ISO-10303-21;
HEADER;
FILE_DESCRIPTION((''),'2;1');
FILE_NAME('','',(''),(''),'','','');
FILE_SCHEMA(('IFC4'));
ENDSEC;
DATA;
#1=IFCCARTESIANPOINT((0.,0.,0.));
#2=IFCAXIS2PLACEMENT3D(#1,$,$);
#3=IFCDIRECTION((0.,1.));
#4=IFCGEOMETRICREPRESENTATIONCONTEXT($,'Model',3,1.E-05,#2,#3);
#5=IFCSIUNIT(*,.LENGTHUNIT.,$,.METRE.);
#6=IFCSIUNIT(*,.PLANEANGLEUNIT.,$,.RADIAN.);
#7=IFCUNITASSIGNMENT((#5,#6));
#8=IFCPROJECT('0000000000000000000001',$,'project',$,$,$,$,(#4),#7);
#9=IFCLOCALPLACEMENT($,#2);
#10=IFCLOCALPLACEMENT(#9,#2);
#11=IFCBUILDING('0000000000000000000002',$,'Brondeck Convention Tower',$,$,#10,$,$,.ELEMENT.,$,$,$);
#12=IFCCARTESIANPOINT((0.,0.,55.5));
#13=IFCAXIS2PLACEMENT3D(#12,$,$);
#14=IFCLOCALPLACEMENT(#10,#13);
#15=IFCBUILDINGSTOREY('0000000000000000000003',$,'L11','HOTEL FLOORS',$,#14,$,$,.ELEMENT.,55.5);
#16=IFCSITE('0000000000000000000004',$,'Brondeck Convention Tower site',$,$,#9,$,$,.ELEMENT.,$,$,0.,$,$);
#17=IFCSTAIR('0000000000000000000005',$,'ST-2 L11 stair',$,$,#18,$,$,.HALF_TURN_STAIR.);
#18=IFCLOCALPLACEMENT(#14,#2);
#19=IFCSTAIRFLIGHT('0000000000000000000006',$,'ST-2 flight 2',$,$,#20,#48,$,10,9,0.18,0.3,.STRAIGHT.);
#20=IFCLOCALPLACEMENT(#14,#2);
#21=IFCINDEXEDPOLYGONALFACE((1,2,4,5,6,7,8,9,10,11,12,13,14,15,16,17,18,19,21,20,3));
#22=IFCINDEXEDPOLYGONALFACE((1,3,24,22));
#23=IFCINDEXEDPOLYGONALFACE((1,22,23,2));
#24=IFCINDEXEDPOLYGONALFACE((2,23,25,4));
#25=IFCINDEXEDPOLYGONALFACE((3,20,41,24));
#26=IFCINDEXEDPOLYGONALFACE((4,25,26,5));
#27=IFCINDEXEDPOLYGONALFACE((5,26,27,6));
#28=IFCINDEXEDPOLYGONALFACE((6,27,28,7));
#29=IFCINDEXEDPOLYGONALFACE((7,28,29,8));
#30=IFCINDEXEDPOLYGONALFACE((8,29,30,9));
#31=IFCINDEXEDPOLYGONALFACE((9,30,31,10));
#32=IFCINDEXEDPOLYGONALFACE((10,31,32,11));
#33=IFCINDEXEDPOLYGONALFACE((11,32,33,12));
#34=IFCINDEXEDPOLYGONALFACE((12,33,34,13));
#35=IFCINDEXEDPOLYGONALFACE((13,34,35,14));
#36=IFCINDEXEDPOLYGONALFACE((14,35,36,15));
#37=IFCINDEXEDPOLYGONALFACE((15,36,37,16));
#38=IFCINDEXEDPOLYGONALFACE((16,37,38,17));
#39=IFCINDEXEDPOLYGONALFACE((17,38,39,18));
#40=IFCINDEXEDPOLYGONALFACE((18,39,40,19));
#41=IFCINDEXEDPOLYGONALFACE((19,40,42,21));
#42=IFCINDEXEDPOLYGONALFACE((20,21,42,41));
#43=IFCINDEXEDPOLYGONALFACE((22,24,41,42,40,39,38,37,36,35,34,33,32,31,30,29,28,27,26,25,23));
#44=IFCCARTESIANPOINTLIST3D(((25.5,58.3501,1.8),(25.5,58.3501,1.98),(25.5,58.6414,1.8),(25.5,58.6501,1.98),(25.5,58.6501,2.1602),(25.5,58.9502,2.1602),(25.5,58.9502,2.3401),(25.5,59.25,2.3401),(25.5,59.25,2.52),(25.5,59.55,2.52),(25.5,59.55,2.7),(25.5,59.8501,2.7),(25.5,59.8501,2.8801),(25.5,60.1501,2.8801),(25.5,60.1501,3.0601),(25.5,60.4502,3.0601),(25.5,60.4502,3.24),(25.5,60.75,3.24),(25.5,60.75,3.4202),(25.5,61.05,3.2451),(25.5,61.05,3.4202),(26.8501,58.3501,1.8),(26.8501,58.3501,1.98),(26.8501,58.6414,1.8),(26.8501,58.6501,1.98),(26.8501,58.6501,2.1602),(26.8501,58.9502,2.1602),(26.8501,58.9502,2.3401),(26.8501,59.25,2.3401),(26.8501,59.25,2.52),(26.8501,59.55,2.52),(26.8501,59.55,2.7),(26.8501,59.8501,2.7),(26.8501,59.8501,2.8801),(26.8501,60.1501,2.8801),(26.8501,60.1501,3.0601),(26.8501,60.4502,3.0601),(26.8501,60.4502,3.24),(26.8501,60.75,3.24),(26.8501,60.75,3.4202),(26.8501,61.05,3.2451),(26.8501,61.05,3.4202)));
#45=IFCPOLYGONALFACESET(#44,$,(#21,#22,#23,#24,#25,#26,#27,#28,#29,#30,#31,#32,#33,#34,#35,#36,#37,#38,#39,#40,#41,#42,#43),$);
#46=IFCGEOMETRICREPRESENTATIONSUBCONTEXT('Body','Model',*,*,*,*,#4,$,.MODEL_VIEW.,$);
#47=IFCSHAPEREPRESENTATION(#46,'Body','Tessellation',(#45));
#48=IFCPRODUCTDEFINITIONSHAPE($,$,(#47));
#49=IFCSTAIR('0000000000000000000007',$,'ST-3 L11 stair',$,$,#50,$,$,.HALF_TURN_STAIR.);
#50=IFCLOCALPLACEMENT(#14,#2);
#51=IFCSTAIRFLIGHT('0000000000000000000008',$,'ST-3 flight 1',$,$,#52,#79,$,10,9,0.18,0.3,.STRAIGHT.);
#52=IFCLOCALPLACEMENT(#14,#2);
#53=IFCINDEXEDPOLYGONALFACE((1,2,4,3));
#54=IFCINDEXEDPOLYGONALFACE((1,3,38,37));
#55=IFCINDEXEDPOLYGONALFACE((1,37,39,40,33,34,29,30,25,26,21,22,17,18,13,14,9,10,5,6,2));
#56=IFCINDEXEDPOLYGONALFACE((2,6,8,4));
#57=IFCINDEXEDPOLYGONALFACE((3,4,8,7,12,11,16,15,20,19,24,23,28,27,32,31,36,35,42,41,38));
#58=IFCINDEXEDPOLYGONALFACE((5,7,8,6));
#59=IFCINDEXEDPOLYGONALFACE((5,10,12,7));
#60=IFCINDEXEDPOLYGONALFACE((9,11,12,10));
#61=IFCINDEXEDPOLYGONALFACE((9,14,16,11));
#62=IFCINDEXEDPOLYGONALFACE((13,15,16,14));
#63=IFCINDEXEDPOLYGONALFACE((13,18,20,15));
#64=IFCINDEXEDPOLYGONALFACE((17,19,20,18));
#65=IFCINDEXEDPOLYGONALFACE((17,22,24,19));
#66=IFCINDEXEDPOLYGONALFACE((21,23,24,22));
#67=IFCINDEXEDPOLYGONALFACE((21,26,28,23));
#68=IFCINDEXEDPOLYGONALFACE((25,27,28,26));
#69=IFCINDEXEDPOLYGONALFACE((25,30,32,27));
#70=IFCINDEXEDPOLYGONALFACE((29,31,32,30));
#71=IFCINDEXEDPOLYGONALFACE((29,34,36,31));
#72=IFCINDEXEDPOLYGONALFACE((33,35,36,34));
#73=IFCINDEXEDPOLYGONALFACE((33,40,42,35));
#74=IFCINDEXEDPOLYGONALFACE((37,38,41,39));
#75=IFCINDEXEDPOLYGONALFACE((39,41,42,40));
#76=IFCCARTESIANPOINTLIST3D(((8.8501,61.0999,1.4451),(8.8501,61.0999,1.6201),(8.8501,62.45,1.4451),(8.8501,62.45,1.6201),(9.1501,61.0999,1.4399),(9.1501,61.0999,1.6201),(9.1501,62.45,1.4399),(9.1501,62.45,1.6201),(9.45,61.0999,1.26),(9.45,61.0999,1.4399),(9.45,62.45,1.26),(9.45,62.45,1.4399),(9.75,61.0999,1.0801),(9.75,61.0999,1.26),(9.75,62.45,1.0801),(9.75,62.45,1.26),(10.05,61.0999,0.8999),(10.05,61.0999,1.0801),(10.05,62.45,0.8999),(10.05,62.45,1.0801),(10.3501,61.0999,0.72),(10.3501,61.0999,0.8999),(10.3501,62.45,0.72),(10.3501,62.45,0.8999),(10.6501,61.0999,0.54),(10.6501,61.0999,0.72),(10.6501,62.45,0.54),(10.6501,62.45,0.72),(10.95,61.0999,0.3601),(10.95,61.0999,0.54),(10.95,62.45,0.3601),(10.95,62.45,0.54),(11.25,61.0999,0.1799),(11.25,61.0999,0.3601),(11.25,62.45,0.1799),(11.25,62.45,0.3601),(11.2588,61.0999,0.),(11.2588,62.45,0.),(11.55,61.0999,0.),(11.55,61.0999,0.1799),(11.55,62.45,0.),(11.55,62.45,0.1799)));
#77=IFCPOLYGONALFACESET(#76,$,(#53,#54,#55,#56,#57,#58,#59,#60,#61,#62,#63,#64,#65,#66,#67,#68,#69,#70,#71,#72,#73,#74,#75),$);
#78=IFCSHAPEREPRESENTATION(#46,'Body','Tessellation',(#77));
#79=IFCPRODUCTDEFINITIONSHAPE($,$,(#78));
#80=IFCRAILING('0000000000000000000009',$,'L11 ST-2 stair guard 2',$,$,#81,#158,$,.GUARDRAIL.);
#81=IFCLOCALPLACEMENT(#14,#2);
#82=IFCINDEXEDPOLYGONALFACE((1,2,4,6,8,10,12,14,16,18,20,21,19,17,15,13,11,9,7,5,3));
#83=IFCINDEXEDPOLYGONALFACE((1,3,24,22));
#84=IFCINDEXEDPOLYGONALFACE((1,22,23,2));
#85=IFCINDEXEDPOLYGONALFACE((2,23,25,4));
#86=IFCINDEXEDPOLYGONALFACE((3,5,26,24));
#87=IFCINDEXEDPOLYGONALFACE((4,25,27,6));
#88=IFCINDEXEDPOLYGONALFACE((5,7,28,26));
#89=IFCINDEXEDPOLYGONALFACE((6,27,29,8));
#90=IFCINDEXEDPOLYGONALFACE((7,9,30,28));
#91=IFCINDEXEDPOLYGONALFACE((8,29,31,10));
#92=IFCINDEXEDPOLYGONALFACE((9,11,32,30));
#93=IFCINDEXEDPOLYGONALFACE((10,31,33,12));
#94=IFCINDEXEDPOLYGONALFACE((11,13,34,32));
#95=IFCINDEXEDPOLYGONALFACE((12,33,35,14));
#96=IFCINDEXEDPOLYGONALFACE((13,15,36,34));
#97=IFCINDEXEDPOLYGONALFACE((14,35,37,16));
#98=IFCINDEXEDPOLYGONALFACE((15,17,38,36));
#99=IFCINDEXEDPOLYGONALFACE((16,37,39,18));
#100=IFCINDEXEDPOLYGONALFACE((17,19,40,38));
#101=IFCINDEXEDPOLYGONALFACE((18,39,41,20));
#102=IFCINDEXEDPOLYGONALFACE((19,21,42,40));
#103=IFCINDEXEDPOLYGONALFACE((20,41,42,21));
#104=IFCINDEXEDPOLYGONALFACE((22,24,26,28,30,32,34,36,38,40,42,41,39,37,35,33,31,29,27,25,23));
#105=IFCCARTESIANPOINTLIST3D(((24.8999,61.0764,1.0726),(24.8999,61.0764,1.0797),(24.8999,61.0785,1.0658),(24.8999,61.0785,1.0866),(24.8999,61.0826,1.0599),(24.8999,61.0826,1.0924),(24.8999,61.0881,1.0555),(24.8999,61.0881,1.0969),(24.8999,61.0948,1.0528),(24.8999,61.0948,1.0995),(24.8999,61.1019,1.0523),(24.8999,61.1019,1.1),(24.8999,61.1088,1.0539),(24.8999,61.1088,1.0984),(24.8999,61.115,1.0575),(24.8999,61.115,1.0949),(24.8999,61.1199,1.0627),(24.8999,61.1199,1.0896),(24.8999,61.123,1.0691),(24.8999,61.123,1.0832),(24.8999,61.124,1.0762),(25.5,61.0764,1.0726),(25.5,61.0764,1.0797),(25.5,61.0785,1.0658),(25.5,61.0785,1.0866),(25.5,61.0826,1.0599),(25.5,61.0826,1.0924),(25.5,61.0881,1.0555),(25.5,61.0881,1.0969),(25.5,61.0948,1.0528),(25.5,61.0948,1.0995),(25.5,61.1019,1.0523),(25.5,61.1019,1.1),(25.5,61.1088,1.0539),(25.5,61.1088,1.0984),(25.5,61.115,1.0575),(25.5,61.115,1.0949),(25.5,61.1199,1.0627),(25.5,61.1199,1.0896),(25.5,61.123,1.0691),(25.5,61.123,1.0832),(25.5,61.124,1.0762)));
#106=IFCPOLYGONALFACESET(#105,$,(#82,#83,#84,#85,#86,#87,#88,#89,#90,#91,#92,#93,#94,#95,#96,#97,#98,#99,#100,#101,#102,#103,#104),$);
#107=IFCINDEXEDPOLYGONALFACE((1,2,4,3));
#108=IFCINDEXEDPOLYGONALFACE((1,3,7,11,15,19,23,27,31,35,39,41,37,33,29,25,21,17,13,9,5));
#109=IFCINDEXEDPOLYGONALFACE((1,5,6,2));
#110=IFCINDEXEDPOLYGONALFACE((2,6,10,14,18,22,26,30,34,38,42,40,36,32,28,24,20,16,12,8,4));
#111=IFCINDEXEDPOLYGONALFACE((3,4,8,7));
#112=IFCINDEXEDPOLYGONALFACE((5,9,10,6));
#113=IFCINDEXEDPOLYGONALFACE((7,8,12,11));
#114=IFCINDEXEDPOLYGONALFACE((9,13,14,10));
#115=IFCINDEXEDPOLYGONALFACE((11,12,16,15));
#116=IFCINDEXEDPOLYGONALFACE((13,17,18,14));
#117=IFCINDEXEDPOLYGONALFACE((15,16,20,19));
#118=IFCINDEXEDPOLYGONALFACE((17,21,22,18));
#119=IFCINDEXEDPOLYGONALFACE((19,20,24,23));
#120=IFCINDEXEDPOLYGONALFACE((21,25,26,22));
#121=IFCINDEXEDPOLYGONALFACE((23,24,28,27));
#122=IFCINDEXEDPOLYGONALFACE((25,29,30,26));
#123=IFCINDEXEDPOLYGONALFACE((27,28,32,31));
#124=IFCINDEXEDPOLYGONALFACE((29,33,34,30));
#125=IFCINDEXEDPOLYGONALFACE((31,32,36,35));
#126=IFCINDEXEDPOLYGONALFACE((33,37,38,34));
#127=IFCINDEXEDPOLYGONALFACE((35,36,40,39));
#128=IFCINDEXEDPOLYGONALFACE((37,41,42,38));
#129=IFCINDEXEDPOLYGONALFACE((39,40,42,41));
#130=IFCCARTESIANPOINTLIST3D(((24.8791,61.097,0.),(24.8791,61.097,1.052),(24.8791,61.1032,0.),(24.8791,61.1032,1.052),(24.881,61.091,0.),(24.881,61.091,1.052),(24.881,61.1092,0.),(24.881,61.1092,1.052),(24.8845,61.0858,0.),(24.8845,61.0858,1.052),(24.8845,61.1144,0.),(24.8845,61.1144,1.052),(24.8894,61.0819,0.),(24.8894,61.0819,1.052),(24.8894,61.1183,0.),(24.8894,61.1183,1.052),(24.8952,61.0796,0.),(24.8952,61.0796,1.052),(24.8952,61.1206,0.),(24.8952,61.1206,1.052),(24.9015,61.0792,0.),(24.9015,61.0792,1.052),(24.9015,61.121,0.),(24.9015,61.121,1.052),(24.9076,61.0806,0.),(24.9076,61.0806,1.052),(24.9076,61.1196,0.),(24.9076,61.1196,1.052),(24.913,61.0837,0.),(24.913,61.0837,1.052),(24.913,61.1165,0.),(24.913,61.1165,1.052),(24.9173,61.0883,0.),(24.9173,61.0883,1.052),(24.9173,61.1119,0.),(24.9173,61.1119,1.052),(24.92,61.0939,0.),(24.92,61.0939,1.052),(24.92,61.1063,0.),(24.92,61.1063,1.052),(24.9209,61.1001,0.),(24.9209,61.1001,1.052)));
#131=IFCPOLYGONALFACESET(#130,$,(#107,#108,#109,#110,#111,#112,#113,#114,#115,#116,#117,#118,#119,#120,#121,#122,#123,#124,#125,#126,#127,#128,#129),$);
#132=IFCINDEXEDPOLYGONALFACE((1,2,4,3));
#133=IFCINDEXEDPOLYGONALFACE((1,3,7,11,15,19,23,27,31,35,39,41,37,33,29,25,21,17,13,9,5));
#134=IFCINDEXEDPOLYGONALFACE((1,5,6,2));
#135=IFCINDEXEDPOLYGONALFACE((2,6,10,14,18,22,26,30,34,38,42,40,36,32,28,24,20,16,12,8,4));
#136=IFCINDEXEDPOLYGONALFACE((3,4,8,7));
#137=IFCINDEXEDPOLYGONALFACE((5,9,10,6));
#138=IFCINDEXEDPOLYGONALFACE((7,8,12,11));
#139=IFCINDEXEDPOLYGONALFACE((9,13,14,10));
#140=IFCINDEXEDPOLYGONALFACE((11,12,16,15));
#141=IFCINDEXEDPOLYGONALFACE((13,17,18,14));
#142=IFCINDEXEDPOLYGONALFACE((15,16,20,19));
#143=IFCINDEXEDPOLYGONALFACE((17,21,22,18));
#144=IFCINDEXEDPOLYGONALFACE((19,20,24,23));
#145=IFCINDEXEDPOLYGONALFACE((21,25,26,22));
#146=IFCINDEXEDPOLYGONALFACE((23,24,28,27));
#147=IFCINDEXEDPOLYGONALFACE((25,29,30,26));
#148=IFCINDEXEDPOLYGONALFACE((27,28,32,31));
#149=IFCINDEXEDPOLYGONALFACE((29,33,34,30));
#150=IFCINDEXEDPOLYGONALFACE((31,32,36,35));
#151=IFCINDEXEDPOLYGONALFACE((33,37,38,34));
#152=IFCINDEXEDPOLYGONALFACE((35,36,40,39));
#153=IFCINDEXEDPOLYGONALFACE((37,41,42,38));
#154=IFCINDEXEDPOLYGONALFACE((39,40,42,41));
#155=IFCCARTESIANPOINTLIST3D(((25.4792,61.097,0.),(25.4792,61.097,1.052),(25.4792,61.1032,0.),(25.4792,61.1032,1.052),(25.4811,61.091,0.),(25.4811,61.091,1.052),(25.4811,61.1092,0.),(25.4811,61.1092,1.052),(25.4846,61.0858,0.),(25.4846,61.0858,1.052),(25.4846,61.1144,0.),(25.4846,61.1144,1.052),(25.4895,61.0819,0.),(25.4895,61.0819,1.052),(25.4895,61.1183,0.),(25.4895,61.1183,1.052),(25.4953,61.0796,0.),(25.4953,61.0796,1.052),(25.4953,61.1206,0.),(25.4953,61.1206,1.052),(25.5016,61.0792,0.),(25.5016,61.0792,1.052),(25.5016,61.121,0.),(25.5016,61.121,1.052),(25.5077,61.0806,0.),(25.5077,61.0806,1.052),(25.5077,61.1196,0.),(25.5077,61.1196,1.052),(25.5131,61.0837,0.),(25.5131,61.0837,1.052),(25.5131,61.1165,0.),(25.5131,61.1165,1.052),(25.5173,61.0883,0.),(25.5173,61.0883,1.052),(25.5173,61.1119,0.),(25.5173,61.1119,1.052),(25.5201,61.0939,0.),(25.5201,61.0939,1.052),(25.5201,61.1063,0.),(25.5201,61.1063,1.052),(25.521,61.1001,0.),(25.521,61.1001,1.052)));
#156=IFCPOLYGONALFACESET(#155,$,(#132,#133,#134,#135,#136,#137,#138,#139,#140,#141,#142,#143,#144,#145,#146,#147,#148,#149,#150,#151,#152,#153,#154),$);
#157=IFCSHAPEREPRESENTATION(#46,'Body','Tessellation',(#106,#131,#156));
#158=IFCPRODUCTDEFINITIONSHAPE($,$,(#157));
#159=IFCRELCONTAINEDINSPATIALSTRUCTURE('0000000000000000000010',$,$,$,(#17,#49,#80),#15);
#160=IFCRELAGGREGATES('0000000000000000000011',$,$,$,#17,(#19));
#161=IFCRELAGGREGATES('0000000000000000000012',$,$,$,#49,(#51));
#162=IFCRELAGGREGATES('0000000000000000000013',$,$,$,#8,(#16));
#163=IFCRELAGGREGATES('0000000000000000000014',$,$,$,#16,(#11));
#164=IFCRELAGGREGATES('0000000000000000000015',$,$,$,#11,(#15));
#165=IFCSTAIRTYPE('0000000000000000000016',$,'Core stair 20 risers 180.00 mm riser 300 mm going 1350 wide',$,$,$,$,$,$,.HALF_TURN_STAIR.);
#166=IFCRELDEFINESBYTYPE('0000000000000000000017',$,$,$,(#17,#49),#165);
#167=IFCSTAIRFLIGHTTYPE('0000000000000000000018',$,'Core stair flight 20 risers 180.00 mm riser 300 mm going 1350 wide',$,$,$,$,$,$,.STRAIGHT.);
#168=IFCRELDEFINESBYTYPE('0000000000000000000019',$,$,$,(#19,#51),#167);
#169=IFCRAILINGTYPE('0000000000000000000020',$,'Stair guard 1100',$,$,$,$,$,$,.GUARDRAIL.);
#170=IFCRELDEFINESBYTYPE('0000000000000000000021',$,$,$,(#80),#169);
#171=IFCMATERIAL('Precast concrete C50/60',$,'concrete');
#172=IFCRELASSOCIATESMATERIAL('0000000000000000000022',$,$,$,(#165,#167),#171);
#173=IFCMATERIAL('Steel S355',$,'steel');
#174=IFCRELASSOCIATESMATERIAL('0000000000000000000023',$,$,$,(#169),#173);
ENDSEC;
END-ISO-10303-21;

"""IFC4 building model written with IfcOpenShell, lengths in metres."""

from ifc_helpers import new_model, si_unit, direction, frame, origin, origin_2d, place, context, subcontext, project, spatial, polyline, circle, outline, extrude, material, type_object, element, aggregate, save


model = new_model("IFC4")

# Units and contexts
model_context = context("Model", 3, precision=1e-05, world=origin(), true_north=direction((0.0, 1.0)))
body_context = subcontext(model_context, "Body", "Model", "MODEL_VIEW")
ifc_project = project(units=[si_unit("LENGTHUNIT", "METRE"), si_unit("PLANEANGLEUNIT", "RADIAN")], contexts=[model_context])

# Site, building, storey
site_placement = place(None, origin())
site = spatial("IfcSite", under=ifc_project, at=site_placement, Name="Brondeck Convention Tower site", CompositionType="ELEMENT", RefElevation=0.0)
building_placement = place(site_placement, origin())
building = spatial("IfcBuilding", under=site, at=building_placement, Name="Brondeck Convention Tower", CompositionType="ELEMENT")
storey_placement = place(building_placement, frame((0.0, 0.0, 55.5)))
storey = spatial("IfcBuildingStorey", under=building, at=storey_placement, Name="L11", Description="HOTEL FLOORS", CompositionType="ELEMENT", Elevation=55.5)

# Stair, stair flight
ifc_material_1 = material(Name="Precast concrete C50/60", Category="concrete")
stair_type = type_object("IfcStairType", Name="Core stair 20 risers 180.00 mm riser 300 mm going 1350 wide", PredefinedType="HALF_TURN_STAIR", material=ifc_material_1)
stair_1_placement = place(storey_placement, origin())
stair_1 = element("IfcStair", 1, at=stair_1_placement, inside=storey, type_object=stair_type, Name="ST-2 L11 stair", PredefinedType="HALF_TURN_STAIR")
stair_flight_type = type_object("IfcStairFlightType", Name="Core stair flight 20 risers 180.00 mm riser 300 mm going 1350 wide", PredefinedType="STRAIGHT", material=ifc_material_1)
stair_flight_1_placement = place(storey_placement, frame((26.175, 58.3501, 1.8), z_axis=(0.0, 0.0, 1.0), x_axis=(0.0, 1.0, 0.0)))
stair_flight_1 = element("IfcStairFlight", 2, at=stair_flight_1_placement, type_object=stair_flight_type, Name="ST-2 flight 2", NumberOfRisers=10, NumberOfTreads=9, PredefinedType="STRAIGHT", RiserHeight=0.18, TreadLength=0.3, context=body_context, shape_type="SweptSolid", body=[
    extrude(outline(polyline([(0.0, 0.0), (0.0, 0.1799), (0.3, 0.1799), (0.3, 0.3601), (0.6001, 0.3601), (0.6001, 0.54), (0.8999, 0.54), (0.8999, 0.72), (1.2, 0.72), (1.2, 0.8999), (1.5, 0.8999), (1.5, 1.0801), (1.8, 1.0801), (1.8, 1.26), (2.1001, 1.26), (2.1001, 1.4399), (2.3999, 1.4399), (2.3999, 1.6201), (2.7, 1.6201), (2.7, 1.8), (2.7, 1.4451), (0.2913, 0.0), (0.0, 0.0)])), frame((0.0, 0.675, 0.0), z_axis=(0.0, -1.0, 0.0), x_axis=(1.0, 0.0, 0.0)), (0.0, 0.0, 1.0), 1.3501),
])
aggregate(stair_1, [stair_flight_1])

# Stair, stair flight
stair_2_placement = place(storey_placement, origin())
stair_2 = element("IfcStair", 3, at=stair_2_placement, inside=storey, type_object=stair_type, Name="ST-3 L11 stair", PredefinedType="HALF_TURN_STAIR")
stair_flight_2_placement = place(storey_placement, frame((11.55, 61.7749, 0.0), z_axis=(0.0, 0.0, 1.0), x_axis=(-1.0, 0.0, 0.0)))
stair_flight_2 = element("IfcStairFlight", 4, at=stair_flight_2_placement, type_object=stair_flight_type, Name="ST-3 flight 1", NumberOfRisers=10, NumberOfTreads=9, PredefinedType="STRAIGHT", RiserHeight=0.18, TreadLength=0.3, context=body_context, shape_type="SweptSolid", body=[
    extrude(outline(polyline([(0.0, 0.0), (0.0, 0.1799), (0.3, 0.1799), (0.3, 0.3601), (0.6001, 0.3601), (0.6001, 0.54), (0.8999, 0.54), (0.8999, 0.72), (1.2, 0.72), (1.2, 0.8999), (1.5, 0.8999), (1.5, 1.0801), (1.8, 1.0801), (1.8, 1.26), (2.1001, 1.26), (2.1001, 1.4399), (2.3999, 1.4399), (2.3999, 1.6201), (2.7, 1.6201), (2.7, 1.8), (2.7, 1.4451), (0.2913, 0.0), (0.0, 0.0)])), frame((0.0, 0.675, 0.0), z_axis=(0.0, -1.0, 0.0), x_axis=(1.0, 0.0, 0.0)), (0.0, 0.0, 1.0), 1.3501),
])
aggregate(stair_2, [stair_flight_2])

# Railing
ifc_material_2 = material(Name="Steel S355", Category="steel")
railing_type_1 = type_object("IfcRailingType", Name="Stair guard 1100", PredefinedType="GUARDRAIL", material=ifc_material_2)
railing_1_placement = place(storey_placement, frame((24.8999, 61.1001, 0.0)))
element("IfcRailing", 5, at=railing_1_placement, inside=storey, type_object=railing_type_1, Name="L11 ST-2 stair guard 2", PredefinedType="GUARDRAIL", context=body_context, shape_type="SweptSolid", body=[
    extrude(circle(Radius=0.0239, at=origin_2d()), frame((0.0, 0.0, 1.0762), z_axis=(1.0, 0.0, 0.0), x_axis=(0.0, 1.0, 0.0)), (0.0, 0.0, 1.0), 0.6001),
    extrude(circle(Radius=0.021, at=origin_2d()), origin(), (0.0, 0.0, 1.0), 1.052),
    extrude(circle(Radius=0.021, at=origin_2d()), frame((0.6001, 0.0, 0.0)), (0.0, 0.0, 1.0), 1.052),
])

save(model, "model.ifc")
